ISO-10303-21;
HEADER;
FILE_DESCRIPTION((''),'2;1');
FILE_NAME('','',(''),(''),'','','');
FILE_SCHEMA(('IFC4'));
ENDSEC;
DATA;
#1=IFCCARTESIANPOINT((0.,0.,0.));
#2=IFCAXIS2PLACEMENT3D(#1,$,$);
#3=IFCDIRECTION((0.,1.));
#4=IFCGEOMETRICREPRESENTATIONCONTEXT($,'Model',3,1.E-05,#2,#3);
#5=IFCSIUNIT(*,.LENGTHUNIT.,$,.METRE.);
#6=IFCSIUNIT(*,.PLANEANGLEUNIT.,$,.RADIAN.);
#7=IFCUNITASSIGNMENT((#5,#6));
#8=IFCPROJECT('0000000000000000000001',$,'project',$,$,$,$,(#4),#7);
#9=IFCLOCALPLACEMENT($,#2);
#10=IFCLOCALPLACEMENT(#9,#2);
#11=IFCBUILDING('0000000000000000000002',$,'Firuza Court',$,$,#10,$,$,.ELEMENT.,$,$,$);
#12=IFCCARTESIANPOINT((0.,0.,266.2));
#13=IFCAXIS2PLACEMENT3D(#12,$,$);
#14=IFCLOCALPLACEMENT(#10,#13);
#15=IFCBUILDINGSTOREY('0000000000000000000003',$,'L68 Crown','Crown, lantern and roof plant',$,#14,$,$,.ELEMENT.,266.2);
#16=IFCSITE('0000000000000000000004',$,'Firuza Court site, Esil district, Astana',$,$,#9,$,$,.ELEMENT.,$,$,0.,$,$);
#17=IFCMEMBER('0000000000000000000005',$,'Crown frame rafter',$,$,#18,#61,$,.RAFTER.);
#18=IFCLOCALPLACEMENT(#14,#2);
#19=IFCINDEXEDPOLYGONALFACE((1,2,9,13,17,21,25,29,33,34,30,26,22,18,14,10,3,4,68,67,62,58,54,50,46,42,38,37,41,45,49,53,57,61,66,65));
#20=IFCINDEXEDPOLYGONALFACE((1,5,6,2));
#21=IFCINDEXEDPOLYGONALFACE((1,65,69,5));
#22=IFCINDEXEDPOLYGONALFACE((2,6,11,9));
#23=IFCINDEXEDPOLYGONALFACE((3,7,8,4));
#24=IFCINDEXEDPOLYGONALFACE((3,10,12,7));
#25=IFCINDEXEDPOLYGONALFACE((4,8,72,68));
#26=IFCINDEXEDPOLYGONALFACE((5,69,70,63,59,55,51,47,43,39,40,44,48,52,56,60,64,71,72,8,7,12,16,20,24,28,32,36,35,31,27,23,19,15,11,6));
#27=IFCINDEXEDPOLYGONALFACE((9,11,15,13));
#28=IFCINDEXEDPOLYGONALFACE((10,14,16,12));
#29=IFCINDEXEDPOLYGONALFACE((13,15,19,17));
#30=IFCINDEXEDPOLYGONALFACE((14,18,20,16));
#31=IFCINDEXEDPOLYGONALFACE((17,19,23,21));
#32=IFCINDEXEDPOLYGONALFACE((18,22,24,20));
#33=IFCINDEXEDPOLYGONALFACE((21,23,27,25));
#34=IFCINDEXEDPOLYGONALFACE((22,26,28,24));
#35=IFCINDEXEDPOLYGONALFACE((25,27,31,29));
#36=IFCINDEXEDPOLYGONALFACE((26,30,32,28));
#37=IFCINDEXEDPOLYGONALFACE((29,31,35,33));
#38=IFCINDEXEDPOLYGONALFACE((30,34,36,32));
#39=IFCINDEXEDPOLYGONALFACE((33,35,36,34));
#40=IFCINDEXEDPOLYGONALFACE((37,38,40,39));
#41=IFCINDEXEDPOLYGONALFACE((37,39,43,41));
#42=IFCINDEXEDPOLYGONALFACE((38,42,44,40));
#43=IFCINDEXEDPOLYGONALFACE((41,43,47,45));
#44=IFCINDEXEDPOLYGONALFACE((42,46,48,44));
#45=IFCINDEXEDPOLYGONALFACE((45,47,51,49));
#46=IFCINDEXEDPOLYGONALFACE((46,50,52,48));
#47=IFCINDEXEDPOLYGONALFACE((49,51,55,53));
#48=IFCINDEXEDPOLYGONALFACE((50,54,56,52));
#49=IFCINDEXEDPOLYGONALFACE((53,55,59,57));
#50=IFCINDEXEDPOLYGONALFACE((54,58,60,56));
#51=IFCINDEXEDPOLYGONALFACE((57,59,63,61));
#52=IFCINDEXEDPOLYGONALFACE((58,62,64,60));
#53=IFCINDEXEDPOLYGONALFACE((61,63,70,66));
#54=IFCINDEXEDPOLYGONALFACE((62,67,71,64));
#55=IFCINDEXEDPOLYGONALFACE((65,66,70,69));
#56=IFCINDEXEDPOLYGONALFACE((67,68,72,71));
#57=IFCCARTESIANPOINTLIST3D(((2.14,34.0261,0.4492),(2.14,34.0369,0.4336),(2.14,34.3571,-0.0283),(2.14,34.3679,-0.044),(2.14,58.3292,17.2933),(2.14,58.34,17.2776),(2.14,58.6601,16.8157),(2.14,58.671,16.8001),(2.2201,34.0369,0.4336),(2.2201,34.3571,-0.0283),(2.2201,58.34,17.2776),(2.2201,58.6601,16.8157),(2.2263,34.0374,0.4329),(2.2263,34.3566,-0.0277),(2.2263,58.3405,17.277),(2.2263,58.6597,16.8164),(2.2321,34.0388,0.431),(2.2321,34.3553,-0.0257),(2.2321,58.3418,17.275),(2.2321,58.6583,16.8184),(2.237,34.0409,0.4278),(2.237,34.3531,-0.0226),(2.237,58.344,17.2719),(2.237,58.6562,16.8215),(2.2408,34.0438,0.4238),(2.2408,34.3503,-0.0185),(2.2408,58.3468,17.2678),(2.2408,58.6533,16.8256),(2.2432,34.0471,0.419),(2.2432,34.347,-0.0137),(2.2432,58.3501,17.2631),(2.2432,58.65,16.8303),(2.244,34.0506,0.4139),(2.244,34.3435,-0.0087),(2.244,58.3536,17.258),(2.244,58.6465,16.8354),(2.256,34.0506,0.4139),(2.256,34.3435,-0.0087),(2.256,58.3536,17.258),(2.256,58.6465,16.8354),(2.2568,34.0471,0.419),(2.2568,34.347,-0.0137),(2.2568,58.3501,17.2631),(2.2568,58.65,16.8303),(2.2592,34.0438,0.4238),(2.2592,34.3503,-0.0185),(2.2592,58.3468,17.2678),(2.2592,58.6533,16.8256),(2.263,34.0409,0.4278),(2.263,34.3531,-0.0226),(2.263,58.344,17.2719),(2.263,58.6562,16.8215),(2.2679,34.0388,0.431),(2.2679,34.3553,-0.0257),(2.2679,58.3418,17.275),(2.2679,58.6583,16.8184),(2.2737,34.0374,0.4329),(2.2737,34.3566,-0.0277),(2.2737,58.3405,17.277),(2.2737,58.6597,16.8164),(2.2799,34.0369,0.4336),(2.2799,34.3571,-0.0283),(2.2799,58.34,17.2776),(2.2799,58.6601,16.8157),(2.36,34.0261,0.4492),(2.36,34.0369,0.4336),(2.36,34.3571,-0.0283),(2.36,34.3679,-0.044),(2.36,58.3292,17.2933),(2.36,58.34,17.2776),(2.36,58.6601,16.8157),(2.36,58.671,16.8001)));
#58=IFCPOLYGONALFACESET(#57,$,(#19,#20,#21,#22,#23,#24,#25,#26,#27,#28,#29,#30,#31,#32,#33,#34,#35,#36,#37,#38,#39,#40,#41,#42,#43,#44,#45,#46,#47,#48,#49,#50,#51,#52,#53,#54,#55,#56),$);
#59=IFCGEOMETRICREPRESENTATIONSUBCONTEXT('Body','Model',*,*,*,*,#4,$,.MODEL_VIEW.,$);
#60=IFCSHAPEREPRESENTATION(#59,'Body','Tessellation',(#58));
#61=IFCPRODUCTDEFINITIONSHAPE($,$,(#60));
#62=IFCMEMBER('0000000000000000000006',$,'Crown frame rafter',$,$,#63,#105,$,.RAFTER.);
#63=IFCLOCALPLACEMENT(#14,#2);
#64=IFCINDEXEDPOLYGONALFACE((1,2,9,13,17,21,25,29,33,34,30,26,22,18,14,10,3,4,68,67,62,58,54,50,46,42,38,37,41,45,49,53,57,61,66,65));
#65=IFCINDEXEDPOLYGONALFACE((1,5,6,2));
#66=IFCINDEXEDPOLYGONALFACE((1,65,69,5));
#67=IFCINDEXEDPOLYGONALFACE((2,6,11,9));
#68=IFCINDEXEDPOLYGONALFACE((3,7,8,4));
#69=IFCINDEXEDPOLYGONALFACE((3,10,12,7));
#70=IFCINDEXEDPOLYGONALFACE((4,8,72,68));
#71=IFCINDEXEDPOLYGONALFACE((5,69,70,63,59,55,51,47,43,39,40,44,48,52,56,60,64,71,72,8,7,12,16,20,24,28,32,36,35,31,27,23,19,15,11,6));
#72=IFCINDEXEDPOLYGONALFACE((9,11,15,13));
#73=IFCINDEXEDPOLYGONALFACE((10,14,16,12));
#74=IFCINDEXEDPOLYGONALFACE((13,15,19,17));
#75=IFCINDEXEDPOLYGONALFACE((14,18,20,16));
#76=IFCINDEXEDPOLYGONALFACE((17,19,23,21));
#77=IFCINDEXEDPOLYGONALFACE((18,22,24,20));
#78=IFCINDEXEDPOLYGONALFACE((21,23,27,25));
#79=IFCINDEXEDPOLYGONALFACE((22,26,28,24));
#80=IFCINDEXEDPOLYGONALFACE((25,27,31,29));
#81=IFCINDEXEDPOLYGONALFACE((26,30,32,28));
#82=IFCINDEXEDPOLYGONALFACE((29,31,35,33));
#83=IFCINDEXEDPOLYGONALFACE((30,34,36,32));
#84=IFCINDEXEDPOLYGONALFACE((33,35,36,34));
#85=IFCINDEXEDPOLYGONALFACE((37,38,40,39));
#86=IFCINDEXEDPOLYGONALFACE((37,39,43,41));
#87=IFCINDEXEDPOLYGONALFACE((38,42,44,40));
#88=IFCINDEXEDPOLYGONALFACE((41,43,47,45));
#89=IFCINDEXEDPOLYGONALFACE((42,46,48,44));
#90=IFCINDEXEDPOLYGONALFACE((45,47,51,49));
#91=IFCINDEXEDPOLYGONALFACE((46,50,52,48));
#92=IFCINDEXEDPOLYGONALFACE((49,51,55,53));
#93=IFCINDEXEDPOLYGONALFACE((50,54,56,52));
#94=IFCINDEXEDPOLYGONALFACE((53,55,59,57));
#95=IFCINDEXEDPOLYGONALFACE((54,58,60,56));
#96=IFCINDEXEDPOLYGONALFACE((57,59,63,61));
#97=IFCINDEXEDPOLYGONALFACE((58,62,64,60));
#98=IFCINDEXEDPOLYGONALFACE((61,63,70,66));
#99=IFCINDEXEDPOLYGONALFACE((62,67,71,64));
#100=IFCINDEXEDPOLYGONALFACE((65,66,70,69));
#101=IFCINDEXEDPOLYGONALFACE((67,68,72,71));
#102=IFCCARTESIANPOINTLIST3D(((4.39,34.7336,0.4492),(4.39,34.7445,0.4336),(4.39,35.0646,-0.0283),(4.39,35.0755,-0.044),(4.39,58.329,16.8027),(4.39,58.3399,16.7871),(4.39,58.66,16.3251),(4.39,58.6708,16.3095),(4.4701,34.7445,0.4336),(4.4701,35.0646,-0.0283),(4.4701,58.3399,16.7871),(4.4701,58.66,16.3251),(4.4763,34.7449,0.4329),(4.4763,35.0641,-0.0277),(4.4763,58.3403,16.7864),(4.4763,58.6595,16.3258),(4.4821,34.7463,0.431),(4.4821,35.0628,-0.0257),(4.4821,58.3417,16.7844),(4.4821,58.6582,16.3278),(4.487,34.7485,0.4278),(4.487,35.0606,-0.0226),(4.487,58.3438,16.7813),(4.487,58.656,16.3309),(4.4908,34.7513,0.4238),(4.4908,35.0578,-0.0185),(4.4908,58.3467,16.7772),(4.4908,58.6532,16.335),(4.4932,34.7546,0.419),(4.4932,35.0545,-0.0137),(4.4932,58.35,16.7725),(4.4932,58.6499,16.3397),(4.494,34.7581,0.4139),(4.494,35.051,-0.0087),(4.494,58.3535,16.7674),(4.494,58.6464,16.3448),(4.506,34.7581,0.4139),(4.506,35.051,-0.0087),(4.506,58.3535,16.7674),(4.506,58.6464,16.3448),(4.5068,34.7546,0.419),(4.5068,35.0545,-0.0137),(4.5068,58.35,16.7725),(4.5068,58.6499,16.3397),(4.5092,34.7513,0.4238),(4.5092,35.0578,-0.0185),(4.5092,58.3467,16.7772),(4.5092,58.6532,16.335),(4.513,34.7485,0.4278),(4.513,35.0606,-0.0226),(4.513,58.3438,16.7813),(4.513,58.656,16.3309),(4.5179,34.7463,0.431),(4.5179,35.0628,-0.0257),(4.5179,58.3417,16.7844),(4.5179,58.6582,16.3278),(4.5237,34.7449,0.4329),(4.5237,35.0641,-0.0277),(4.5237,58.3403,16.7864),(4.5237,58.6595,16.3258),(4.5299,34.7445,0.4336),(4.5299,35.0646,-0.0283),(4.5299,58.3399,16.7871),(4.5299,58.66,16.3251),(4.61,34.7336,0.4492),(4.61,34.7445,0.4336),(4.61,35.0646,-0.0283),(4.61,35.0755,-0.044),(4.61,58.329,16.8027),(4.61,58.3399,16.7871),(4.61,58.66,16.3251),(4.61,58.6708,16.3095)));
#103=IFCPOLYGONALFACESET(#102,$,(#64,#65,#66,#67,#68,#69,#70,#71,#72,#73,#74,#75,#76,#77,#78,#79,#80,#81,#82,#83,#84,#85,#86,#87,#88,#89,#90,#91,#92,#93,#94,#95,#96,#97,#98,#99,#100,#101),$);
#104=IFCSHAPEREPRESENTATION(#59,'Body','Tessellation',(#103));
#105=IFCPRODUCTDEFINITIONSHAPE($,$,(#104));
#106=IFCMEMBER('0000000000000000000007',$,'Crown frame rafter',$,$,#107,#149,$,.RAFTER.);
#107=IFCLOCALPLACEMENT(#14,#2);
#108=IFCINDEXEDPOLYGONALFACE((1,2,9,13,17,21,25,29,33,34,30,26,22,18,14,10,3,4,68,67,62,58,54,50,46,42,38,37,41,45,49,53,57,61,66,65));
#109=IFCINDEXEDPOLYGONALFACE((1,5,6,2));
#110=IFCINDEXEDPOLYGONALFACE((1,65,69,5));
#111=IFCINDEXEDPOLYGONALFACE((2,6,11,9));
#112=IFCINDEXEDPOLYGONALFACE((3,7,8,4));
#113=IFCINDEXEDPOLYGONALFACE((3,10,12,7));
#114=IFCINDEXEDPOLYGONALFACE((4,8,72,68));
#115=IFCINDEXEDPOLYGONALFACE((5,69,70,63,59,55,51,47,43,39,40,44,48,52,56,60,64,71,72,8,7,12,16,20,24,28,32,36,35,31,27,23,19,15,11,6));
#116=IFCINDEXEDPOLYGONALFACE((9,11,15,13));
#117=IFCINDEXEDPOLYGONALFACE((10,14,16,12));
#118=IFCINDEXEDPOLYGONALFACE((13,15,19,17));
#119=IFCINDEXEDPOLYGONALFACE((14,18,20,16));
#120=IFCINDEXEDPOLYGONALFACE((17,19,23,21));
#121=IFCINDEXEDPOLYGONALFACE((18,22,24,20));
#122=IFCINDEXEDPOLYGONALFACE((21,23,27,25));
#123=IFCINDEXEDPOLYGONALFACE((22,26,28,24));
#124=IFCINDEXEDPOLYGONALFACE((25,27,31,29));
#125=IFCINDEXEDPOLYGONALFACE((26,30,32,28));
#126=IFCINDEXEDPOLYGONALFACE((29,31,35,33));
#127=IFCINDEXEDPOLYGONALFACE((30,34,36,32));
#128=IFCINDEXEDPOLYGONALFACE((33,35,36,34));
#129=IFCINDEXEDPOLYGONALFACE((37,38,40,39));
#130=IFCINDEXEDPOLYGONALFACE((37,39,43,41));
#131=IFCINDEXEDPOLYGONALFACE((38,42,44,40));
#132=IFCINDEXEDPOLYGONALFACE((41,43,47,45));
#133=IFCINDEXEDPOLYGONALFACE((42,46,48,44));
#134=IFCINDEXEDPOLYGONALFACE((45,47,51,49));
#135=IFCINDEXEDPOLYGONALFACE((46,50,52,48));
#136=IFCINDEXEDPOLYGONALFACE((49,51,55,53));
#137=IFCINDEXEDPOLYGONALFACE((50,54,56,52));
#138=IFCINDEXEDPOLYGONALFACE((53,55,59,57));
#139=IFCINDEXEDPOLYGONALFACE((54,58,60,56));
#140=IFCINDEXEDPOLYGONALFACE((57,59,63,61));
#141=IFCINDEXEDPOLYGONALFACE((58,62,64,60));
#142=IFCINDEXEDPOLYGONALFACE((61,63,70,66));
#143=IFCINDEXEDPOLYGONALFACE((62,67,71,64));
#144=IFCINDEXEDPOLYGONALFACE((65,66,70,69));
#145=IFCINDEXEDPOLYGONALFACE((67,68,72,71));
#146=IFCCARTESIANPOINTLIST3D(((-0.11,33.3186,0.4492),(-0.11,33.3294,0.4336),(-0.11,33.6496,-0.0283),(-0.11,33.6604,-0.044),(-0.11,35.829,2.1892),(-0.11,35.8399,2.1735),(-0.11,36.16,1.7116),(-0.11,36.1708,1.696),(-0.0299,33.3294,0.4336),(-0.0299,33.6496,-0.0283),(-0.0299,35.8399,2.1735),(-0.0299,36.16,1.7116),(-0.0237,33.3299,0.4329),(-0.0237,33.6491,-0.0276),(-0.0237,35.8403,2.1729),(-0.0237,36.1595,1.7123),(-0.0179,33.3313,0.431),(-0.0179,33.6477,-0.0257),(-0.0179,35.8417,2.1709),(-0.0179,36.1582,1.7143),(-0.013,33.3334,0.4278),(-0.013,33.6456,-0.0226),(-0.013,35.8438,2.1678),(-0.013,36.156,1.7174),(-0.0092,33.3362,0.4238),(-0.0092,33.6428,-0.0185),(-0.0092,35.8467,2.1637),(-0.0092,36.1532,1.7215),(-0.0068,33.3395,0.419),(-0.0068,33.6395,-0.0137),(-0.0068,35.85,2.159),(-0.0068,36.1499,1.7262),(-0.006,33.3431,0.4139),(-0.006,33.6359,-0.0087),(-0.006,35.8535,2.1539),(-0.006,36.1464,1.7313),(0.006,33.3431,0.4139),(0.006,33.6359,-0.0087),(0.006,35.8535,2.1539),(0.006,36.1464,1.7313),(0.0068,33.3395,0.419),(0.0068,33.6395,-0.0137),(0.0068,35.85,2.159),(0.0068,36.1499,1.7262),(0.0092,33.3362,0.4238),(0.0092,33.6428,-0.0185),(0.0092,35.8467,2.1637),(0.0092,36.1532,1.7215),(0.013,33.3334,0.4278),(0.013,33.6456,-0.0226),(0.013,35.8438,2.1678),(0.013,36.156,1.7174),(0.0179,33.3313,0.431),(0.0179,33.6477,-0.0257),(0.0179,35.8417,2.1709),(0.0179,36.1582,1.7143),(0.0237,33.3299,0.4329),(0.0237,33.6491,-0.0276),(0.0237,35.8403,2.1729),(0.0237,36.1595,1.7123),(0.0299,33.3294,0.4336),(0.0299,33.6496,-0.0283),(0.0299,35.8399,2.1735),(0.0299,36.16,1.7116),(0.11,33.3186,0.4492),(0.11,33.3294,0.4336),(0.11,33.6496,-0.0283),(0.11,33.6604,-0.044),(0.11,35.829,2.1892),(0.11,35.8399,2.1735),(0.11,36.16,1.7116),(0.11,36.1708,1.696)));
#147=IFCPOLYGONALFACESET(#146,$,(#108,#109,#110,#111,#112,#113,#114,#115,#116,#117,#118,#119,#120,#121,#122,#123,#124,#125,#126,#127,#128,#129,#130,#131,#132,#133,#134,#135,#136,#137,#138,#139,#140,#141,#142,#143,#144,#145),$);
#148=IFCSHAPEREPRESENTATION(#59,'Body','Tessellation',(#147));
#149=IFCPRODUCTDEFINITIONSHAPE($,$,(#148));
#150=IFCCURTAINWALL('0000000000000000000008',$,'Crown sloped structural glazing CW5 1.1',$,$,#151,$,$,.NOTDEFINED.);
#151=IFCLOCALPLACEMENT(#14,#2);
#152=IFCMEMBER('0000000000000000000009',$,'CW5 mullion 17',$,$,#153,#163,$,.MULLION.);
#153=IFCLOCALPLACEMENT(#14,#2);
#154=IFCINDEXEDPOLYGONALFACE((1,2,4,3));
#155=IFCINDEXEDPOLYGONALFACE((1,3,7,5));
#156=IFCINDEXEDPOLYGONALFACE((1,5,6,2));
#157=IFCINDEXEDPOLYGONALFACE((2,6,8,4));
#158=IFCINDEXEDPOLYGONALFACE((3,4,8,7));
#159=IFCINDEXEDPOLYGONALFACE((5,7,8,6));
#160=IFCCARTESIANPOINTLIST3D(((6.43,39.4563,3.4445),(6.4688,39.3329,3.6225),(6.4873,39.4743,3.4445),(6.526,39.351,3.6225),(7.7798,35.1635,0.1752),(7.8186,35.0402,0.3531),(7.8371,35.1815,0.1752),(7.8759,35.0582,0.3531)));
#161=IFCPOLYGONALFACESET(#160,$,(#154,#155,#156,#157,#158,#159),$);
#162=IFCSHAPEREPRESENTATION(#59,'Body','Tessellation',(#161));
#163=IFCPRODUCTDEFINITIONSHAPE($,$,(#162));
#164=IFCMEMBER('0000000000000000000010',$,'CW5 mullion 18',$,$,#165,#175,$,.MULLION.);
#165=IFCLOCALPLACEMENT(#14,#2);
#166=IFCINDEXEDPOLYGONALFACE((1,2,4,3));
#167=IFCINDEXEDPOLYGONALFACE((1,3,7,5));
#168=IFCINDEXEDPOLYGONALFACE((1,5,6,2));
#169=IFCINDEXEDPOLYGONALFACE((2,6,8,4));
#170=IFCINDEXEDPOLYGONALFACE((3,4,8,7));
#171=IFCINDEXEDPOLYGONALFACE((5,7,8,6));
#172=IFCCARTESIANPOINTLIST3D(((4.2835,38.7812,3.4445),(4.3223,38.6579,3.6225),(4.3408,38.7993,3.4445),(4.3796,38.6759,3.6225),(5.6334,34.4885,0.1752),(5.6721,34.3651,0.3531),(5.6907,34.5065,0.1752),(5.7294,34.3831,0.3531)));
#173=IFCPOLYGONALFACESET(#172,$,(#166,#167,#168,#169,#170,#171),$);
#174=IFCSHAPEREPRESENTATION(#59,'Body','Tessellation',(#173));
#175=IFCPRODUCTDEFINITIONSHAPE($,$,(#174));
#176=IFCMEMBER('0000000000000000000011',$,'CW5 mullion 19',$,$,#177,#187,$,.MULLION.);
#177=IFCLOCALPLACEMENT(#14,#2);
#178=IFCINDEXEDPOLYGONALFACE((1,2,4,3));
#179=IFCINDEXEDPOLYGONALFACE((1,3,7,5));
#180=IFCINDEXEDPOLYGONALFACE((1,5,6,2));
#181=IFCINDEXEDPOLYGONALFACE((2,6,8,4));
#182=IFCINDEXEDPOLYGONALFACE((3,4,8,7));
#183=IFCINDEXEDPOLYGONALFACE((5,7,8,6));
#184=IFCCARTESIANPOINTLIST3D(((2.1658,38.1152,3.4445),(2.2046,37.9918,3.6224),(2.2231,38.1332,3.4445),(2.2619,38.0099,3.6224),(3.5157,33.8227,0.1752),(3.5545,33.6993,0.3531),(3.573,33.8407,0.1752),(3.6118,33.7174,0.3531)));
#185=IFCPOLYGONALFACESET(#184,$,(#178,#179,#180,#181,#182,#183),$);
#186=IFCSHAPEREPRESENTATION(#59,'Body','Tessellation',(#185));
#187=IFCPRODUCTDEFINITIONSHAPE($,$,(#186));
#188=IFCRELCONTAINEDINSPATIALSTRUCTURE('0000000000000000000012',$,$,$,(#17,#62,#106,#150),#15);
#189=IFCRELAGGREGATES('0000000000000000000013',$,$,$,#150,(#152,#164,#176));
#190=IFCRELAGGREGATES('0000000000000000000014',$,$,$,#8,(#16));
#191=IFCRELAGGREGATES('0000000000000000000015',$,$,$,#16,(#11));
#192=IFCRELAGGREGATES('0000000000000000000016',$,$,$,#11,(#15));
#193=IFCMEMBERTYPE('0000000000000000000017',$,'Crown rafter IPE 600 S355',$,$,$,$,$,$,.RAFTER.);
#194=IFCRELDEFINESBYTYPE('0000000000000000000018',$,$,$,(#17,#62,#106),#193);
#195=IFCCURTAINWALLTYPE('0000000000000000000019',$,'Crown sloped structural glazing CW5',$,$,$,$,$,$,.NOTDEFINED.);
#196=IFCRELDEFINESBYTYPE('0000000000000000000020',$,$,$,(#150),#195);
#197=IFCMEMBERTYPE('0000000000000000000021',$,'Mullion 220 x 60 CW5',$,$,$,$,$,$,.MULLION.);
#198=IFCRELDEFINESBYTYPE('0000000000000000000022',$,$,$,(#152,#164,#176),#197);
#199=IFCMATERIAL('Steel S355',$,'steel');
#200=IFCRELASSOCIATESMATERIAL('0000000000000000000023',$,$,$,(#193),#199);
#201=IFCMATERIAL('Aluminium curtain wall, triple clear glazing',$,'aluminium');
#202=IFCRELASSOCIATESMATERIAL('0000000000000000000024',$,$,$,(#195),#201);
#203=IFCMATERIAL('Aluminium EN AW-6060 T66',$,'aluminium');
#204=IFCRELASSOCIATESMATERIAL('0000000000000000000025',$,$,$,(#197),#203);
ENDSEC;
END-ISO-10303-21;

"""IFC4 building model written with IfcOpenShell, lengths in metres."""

from ifc_helpers import new_model, si_unit, direction, frame, origin, origin_2d, place, context, subcontext, project, spatial, rectangle, i_section, extrude, material, material_profile, profile_set, type_object, element, aggregate, save


model = new_model("IFC4")

# Units and contexts
model_context = context("Model", 3, precision=1e-05, world=origin(), true_north=direction((0.0, 1.0)))
body_context = subcontext(model_context, "Body", "Model", "MODEL_VIEW")
ifc_project = project(units=[si_unit("LENGTHUNIT", "METRE"), si_unit("PLANEANGLEUNIT", "RADIAN")], contexts=[model_context])

# Site, building, storey
site_placement = place(None, origin())
site = spatial("IfcSite", under=ifc_project, at=site_placement, Name="Firuza Court site, Esil district, Astana", CompositionType="ELEMENT", RefElevation=0.0)
building_placement = place(site_placement, origin())
building = spatial("IfcBuilding", under=site, at=building_placement, Name="Firuza Court", CompositionType="ELEMENT")
storey_placement = place(building_placement, frame((0.0, 0.0, 266.2)))
storey = spatial("IfcBuildingStorey", under=building, at=storey_placement, Name="L68 Crown", Description="Crown, lantern and roof plant", CompositionType="ELEMENT", Elevation=266.2)

# Members
ifc_material_1 = material(Name="Steel S355", Category="steel")
ifc_material_profile_1 = material_profile(ifc_material_1, i_section(OverallWidth=0.22, OverallDepth=0.6001, WebThickness=0.012, FlangeThickness=0.019, FilletRadius=0.0239, at=origin_2d()), Name="IPE 600")
ifc_profile_set_1 = profile_set([ifc_material_profile_1], Name="Steel S355")
member_type_1 = type_object("IfcMemberType", Name="Crown rafter IPE 600 S355", PredefinedType="RAFTER", material=ifc_profile_set_1)
member_1_placement = place(storey_placement, frame((2.25, 34.197, 0.2026), z_axis=(0.0, 0.821894, 0.569641), x_axis=(-1.0, 0.0, 0.0)))
element("IfcMember", 1, at=member_1_placement, inside=storey, type_object=member_type_1, Name="Crown frame rafter", PredefinedType="RAFTER", context=body_context, shape_type="SweptSolid", body=[
    extrude(i_section(OverallWidth=0.22, OverallDepth=0.6001, WebThickness=0.012, FlangeThickness=0.019, FilletRadius=0.0239, at=origin_2d()), origin(), (0.0, 0.0, 1.0), 29.5696),
])
member_2_placement = place(storey_placement, frame((4.5, 34.9045, 0.2026), z_axis=(0.0, 0.821895, 0.569638), x_axis=(-1.0, 0.0, 0.0)))
element("IfcMember", 2, at=member_2_placement, inside=storey, type_object=member_type_1, Name="Crown frame rafter", PredefinedType="RAFTER", context=body_context, shape_type="SweptSolid", body=[
    extrude(i_section(OverallWidth=0.22, OverallDepth=0.6001, WebThickness=0.012, FlangeThickness=0.019, FilletRadius=0.0239, at=origin_2d()), origin(), (0.0, 0.0, 1.0), 28.7085),
])
member_3_placement = place(storey_placement, frame((0.0, 33.4895, 0.2026), z_axis=(0.0, 0.821893, 0.569642), x_axis=(-1.0, 0.0, 0.0)))
element("IfcMember", 3, at=member_3_placement, inside=storey, type_object=member_type_1, Name="Crown frame rafter", PredefinedType="RAFTER", context=body_context, shape_type="SweptSolid", body=[
    extrude(i_section(OverallWidth=0.22, OverallDepth=0.6001, WebThickness=0.012, FlangeThickness=0.019, FilletRadius=0.0239, at=origin_2d()), origin(), (0.0, 0.0, 1.0), 3.0544),
])

# Curtain wall, members
ifc_material_2 = material(Name="Aluminium curtain wall, triple clear glazing", Category="aluminium")
curtain_wall_type = type_object("IfcCurtainWallType", Name="Crown sloped structural glazing CW5", PredefinedType="NOTDEFINED", material=ifc_material_2)
curtain_wall_placement = place(storey_placement, origin())
curtain_wall = element("IfcCurtainWall", 4, at=curtain_wall_placement, inside=storey, type_object=curtain_wall_type, Name="Crown sloped structural glazing CW5 1.1", PredefinedType="NOTDEFINED")
ifc_material_3 = material(Name="Aluminium EN AW-6060 T66", Category="aluminium")
ifc_material_profile_2 = material_profile(ifc_material_3, rectangle(XDim=0.0601, YDim=0.22, at=origin_2d()), Name="Mullion 220 x 60 CW5")
ifc_profile_set_2 = profile_set([ifc_material_profile_2], Name="Aluminium EN AW-6060 T66")
member_type_2 = type_object("IfcMemberType", Name="Mullion 220 x 60 CW5", PredefinedType="MULLION", material=ifc_profile_set_2)
member_4_placement = place(storey_placement, frame((7.8279, 35.1108, 0.2642), z_axis=(-0.242684, 0.77177, 0.587771), x_axis=(-0.953948, -0.29997, 0.0)))
member_4 = element("IfcMember", 5, at=member_4_placement, type_object=member_type_2, Name="CW5 mullion 17", PredefinedType="MULLION", context=body_context, shape_type="SweptSolid", body=[
    extrude(rectangle(XDim=0.0601, YDim=0.22, at=origin_2d()), origin(), (0.0, 0.0, 1.0), 5.5623),
])
member_5_placement = place(storey_placement, frame((5.6814, 34.4358, 0.2642), z_axis=(-0.242684, 0.77177, 0.587771), x_axis=(-0.953948, -0.29997, 0.0)))
member_5 = element("IfcMember", 6, at=member_5_placement, type_object=member_type_2, Name="CW5 mullion 18", PredefinedType="MULLION", context=body_context, shape_type="SweptSolid", body=[
    extrude(rectangle(XDim=0.0601, YDim=0.22, at=origin_2d()), origin(), (0.0, 0.0, 1.0), 5.5623),
])
member_6_placement = place(storey_placement, frame((3.5637, 33.77, 0.2642), z_axis=(-0.242693, 0.771753, 0.587791), x_axis=(-0.953944, -0.299986, 0.0)))
member_6 = element("IfcMember", 7, at=member_6_placement, type_object=member_type_2, Name="CW5 mullion 19", PredefinedType="MULLION", context=body_context, shape_type="SweptSolid", body=[
    extrude(rectangle(XDim=0.0601, YDim=0.22, at=origin_2d()), origin(), (0.0, 0.0, 1.0), 5.562),
])

aggregate(curtain_wall, [member_4, member_5, member_6])

save(model, "model.ifc")
